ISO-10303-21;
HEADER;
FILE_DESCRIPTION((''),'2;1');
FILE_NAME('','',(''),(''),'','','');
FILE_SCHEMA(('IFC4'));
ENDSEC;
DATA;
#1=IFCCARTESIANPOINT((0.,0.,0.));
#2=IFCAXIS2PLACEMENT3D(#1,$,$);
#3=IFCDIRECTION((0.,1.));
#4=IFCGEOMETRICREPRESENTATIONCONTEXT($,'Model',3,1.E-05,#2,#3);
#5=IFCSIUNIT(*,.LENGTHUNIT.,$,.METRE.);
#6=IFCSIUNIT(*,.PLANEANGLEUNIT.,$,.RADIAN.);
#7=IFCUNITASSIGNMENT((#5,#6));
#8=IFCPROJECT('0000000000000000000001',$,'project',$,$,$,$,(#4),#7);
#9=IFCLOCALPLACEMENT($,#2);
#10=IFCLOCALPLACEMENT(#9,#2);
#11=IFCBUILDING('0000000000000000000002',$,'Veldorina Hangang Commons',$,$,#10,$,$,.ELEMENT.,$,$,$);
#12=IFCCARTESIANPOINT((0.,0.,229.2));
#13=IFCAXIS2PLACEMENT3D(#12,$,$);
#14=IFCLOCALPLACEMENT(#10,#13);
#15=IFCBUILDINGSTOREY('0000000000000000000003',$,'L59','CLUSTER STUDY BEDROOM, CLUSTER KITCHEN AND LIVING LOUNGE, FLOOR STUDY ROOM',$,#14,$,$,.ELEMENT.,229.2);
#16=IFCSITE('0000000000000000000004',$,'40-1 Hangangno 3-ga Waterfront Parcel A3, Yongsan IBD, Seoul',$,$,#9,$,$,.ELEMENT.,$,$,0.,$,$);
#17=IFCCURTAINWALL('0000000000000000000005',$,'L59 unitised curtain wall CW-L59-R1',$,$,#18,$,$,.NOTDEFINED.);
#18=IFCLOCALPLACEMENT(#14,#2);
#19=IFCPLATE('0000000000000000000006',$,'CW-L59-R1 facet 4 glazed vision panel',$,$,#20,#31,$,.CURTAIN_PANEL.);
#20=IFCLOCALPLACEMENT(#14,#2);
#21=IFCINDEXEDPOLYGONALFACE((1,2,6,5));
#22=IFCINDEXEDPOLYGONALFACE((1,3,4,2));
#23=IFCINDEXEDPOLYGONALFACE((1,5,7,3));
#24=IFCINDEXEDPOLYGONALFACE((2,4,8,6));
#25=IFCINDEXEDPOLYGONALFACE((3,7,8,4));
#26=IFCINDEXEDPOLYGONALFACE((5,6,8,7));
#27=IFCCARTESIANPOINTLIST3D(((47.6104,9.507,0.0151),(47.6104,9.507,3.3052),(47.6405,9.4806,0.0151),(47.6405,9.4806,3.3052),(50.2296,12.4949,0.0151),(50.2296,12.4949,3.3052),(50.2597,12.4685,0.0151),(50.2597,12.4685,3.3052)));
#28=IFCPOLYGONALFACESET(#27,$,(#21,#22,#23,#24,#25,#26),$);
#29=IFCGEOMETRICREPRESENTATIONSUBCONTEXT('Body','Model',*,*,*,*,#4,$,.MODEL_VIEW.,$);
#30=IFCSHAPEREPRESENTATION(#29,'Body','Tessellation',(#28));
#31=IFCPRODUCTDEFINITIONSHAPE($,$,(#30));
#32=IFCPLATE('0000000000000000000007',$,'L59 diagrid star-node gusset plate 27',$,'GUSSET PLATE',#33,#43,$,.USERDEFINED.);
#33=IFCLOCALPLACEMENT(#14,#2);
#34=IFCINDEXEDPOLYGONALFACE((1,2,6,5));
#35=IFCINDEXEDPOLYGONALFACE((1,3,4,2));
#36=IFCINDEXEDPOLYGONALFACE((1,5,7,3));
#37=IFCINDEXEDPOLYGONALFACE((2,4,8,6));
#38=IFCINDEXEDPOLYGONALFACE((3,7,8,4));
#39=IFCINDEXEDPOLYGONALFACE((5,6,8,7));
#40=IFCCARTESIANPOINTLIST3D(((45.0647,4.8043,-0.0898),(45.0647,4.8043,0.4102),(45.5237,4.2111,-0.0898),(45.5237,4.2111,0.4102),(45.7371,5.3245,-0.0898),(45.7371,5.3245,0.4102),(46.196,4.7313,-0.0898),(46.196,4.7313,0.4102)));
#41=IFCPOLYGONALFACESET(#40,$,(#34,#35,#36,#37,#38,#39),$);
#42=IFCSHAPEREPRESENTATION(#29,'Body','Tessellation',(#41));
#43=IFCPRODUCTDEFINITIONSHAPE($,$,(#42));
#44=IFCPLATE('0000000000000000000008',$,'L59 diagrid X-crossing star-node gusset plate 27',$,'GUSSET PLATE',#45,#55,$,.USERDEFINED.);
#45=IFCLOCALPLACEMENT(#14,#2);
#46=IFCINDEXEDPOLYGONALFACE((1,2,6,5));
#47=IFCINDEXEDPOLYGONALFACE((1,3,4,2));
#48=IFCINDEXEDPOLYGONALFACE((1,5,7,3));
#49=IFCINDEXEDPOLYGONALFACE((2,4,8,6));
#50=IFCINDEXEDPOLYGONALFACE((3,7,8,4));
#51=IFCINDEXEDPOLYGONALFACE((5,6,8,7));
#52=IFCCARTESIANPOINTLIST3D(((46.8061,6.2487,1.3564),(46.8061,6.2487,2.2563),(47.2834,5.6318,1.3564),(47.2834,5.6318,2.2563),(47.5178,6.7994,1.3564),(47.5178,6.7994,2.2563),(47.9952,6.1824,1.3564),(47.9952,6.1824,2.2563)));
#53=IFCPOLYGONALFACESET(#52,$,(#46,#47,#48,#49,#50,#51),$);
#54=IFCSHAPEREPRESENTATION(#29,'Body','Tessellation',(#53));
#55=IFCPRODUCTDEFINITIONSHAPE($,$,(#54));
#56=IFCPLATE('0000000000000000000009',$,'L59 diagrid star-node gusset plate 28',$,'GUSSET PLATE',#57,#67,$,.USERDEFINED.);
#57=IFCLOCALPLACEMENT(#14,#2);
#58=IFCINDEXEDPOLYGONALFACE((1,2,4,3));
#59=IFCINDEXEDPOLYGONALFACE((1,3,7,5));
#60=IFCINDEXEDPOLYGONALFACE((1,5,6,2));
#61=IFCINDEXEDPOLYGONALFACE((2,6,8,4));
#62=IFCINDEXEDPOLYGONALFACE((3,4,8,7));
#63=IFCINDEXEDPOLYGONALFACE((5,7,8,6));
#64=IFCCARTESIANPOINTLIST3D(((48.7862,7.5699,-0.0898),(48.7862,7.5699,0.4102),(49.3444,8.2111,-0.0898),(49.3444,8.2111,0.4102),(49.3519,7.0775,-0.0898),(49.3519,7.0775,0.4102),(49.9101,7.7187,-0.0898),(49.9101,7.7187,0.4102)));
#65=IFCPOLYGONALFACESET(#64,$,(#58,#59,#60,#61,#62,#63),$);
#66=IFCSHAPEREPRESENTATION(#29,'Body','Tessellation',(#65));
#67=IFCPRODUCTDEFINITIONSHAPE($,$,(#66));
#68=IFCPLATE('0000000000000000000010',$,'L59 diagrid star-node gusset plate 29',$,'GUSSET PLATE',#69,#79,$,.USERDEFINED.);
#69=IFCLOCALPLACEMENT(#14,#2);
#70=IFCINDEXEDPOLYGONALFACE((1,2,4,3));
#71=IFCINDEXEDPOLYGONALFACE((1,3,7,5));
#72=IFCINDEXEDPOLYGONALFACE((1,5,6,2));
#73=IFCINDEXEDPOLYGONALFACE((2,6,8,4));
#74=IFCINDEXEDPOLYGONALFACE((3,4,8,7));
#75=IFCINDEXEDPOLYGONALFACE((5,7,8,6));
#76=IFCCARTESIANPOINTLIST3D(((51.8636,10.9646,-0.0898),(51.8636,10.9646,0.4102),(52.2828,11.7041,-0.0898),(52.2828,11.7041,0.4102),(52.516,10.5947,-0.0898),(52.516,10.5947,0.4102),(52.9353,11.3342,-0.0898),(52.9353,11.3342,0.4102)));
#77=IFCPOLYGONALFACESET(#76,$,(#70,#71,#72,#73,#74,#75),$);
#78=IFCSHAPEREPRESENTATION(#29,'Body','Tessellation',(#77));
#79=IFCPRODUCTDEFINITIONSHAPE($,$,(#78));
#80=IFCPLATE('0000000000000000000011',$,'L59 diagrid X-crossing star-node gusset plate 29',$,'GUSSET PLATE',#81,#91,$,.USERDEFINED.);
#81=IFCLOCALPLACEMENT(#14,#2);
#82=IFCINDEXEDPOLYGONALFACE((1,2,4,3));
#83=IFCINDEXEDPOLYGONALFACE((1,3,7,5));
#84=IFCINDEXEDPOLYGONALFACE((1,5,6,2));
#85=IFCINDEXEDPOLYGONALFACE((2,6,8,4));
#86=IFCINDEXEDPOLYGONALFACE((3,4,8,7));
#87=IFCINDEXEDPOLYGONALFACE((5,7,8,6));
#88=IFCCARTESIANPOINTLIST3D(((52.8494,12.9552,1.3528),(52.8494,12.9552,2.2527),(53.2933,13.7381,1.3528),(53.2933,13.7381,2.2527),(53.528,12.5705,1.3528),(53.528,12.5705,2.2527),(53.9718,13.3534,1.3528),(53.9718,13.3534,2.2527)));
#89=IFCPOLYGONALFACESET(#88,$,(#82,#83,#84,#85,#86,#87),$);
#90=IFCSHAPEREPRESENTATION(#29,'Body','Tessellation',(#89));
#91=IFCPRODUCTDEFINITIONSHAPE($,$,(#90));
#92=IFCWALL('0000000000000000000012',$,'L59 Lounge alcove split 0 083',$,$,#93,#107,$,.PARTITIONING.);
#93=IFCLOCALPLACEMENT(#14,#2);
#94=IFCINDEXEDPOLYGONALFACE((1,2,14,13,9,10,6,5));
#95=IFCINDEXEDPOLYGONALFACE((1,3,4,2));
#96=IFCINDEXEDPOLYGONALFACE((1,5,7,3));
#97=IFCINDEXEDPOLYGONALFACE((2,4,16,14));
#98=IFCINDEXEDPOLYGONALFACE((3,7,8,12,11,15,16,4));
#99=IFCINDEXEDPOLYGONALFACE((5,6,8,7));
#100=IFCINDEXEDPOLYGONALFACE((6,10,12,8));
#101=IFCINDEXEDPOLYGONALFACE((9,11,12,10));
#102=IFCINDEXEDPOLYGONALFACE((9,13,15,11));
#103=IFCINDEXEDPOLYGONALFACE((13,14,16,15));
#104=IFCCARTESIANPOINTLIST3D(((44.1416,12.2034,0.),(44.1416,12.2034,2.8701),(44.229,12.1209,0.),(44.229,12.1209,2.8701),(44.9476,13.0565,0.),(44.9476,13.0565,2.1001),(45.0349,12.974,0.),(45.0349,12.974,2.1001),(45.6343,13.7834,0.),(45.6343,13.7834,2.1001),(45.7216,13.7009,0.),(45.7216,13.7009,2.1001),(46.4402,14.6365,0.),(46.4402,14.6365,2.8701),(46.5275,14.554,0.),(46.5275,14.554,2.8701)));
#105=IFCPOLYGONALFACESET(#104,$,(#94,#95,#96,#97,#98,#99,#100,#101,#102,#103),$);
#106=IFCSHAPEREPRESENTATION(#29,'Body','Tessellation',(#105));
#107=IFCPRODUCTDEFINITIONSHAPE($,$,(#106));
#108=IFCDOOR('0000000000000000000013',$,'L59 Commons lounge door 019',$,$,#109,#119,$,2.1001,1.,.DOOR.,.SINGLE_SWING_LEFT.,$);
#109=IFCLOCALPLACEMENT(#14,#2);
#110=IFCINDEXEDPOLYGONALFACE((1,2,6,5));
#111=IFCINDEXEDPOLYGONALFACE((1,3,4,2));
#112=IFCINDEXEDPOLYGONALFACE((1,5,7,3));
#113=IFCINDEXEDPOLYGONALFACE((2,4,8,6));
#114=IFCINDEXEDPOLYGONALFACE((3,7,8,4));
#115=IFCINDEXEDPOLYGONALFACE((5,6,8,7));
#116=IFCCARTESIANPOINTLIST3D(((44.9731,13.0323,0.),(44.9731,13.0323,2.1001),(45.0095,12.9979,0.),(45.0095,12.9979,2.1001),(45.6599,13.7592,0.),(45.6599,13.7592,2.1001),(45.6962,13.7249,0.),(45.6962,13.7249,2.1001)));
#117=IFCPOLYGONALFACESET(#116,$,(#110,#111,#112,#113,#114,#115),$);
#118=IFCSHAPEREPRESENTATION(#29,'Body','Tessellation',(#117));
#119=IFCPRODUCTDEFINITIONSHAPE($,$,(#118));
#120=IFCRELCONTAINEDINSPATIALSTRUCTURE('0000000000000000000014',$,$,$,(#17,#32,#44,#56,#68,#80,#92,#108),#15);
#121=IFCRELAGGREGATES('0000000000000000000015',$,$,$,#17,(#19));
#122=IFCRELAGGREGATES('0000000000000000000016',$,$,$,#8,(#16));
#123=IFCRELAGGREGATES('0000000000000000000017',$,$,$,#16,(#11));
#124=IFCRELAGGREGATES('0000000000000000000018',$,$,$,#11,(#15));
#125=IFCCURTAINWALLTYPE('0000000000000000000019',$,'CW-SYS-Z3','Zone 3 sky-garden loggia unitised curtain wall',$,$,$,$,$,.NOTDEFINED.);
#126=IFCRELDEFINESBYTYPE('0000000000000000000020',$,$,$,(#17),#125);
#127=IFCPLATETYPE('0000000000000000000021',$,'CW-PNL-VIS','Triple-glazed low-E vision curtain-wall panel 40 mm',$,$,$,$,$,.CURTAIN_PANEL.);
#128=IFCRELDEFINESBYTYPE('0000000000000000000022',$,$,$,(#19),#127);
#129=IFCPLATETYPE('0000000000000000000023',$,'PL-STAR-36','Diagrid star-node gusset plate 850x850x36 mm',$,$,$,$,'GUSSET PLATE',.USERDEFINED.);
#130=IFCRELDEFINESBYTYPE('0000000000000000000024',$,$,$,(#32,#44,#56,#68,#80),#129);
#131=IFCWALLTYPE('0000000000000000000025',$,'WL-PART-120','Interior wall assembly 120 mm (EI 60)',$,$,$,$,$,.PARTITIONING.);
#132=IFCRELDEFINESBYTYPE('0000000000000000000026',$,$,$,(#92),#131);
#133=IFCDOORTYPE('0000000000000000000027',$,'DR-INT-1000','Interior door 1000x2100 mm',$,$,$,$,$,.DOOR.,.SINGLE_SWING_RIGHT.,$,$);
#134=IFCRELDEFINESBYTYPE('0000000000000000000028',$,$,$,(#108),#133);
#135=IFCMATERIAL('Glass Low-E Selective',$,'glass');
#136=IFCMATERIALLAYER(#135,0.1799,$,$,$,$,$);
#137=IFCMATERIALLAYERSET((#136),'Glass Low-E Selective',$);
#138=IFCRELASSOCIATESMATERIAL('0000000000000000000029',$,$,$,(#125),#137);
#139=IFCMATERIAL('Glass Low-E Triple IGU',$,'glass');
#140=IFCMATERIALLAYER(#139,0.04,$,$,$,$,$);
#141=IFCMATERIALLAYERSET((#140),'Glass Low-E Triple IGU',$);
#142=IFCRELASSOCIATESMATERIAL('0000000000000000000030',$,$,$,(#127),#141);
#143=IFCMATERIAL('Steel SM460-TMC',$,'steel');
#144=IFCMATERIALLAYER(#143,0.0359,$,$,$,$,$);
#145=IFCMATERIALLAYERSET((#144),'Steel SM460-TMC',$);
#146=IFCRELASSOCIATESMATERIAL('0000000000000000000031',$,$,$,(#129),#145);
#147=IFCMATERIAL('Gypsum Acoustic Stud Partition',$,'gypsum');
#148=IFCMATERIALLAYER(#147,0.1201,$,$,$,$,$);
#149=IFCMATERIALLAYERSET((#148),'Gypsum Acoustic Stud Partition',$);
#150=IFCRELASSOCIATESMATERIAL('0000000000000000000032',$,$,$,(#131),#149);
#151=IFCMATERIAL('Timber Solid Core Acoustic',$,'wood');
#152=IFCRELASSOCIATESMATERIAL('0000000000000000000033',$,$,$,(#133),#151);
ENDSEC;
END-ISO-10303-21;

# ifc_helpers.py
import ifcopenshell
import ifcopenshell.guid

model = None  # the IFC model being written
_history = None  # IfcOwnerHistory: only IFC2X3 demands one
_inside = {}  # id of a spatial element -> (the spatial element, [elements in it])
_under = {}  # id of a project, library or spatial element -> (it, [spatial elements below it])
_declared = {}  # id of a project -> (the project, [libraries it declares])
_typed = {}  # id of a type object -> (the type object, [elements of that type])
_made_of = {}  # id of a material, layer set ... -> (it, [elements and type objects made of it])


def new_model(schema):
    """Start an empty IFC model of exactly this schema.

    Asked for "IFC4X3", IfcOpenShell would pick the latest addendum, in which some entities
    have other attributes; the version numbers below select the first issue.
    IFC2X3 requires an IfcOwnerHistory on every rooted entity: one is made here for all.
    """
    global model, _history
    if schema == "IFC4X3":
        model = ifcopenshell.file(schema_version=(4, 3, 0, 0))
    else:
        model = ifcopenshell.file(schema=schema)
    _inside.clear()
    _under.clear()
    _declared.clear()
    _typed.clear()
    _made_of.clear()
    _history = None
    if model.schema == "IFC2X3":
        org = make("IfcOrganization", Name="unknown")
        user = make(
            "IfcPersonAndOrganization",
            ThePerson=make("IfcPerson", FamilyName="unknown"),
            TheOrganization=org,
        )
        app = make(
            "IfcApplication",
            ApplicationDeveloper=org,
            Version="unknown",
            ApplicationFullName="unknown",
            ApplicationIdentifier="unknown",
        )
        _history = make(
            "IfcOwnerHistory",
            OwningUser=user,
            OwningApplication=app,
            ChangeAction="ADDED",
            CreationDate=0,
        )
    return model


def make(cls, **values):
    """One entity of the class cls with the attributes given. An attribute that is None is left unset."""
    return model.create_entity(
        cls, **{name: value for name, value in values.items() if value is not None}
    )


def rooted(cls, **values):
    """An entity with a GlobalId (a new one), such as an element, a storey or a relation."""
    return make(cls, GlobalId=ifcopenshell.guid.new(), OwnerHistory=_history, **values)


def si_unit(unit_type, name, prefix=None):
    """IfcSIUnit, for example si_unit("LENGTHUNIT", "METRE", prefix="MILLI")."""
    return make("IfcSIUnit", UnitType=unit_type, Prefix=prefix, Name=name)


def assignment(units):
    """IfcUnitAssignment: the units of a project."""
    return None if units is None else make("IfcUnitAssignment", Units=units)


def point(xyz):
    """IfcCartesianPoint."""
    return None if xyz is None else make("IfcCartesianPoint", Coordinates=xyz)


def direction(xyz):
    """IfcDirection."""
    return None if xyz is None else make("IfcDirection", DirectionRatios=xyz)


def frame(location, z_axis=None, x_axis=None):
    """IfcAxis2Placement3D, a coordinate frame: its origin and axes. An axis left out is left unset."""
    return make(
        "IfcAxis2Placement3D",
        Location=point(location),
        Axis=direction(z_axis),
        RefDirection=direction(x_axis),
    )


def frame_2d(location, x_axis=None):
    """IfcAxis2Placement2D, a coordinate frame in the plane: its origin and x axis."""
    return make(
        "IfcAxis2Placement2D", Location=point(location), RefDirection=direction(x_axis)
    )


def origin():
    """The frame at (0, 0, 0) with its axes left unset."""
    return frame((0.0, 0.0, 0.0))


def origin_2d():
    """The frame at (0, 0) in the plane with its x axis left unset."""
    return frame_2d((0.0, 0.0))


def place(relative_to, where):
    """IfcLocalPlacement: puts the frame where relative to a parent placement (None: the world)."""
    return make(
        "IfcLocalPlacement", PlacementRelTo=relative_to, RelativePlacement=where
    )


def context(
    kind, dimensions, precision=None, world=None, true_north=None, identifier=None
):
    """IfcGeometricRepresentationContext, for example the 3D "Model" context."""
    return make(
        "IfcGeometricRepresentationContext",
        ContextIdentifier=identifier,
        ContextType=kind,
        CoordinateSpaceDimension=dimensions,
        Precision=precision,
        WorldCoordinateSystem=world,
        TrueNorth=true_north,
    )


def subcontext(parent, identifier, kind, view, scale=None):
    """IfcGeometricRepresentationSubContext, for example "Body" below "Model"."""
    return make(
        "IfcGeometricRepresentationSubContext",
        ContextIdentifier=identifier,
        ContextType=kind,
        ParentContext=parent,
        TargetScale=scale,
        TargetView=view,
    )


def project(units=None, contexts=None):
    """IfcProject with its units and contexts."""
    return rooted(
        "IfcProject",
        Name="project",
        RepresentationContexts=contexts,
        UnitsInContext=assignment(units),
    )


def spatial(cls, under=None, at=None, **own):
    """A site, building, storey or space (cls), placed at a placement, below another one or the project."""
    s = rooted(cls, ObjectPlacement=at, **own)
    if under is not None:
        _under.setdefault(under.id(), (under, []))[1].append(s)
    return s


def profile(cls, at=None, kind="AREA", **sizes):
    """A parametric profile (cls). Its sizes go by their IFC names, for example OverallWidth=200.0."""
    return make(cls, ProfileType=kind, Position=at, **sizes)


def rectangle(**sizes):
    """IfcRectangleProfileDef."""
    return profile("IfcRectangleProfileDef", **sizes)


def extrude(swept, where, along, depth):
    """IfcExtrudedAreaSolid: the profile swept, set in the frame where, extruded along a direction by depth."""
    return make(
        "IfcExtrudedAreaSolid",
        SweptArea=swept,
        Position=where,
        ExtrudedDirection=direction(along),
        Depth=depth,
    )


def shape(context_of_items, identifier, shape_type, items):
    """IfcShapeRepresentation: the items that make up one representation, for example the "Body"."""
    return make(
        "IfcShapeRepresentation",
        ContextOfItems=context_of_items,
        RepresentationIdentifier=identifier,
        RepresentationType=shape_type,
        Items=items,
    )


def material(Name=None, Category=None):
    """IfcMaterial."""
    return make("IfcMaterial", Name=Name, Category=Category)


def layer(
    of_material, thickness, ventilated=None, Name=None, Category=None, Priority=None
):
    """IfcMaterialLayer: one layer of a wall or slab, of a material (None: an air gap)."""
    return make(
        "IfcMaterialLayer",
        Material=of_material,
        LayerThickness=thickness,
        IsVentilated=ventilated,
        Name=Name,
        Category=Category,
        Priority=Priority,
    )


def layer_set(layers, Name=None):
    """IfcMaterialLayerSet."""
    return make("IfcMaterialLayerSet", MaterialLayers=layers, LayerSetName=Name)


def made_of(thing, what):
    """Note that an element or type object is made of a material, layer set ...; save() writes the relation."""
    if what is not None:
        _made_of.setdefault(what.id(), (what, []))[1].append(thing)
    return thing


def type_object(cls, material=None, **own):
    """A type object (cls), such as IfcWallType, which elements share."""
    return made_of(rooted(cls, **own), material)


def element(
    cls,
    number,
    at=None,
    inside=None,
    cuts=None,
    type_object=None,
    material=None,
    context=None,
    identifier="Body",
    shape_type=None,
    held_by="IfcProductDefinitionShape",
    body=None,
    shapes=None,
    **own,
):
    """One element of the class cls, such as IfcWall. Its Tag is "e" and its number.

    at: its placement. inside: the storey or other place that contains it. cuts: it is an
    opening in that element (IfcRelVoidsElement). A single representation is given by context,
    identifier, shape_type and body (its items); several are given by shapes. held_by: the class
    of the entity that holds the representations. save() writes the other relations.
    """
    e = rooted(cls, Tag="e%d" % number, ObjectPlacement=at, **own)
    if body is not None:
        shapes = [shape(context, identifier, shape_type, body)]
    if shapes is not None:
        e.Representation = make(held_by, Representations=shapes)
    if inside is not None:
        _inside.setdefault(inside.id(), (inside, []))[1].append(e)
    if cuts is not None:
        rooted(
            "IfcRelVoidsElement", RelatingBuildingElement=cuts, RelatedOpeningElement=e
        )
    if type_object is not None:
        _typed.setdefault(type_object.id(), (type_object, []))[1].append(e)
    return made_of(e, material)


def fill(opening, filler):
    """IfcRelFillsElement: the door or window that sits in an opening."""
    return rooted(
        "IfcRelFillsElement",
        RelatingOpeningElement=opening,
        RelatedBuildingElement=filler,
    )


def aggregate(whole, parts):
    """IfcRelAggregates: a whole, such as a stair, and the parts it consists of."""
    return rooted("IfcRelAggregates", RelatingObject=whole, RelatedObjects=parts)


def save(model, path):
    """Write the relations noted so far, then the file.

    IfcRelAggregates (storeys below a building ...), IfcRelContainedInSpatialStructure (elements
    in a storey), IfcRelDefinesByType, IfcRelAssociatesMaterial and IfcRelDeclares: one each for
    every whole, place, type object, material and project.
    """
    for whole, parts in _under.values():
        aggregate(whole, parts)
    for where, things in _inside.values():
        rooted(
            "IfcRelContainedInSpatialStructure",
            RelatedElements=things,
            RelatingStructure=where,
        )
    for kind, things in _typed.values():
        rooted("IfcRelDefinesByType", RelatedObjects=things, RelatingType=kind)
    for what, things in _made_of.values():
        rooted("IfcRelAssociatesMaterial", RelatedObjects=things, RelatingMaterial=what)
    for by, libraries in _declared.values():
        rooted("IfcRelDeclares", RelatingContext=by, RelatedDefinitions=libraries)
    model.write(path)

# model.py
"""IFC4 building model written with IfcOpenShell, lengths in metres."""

from ifc_helpers import new_model, si_unit, direction, frame, frame_2d, origin, origin_2d, place, context, subcontext, project, spatial, rectangle, extrude, material, layer, layer_set, type_object, element, fill, aggregate, save


model = new_model("IFC4")

# Units and contexts
model_context = context("Model", 3, precision=1e-05, world=origin(), true_north=direction((0.0, 1.0)))
body_context = subcontext(model_context, "Body", "Model", "MODEL_VIEW")
ifc_project = project(units=[si_unit("LENGTHUNIT", "METRE"), si_unit("PLANEANGLEUNIT", "RADIAN")], contexts=[model_context])

# Site, building, storey
site_placement = place(None, origin())
site = spatial("IfcSite", under=ifc_project, at=site_placement, Name="40-1 Hangangno 3-ga Waterfront Parcel A3, Yongsan IBD, Seoul", CompositionType="ELEMENT", RefElevation=0.0)
building_placement = place(site_placement, origin())
building = spatial("IfcBuilding", under=site, at=building_placement, Name="Veldorina Hangang Commons", CompositionType="ELEMENT")
storey_placement = place(building_placement, frame((0.0, 0.0, 229.2)))
storey = spatial("IfcBuildingStorey", under=building, at=storey_placement, Name="L59", Description="CLUSTER STUDY BEDROOM, CLUSTER KITCHEN AND LIVING LOUNGE, FLOOR STUDY ROOM", CompositionType="ELEMENT", Elevation=229.2)

# Curtain wall
ifc_material_1 = material(Name="Glass Low-E Selective", Category="glass")
ifc_layer_1 = layer(ifc_material_1, 0.1799)
ifc_layer_set_1 = layer_set([ifc_layer_1], Name="Glass Low-E Selective")
curtain_wall_type = type_object("IfcCurtainWallType", Name="CW-SYS-Z3", Description="Zone 3 sky-garden loggia unitised curtain wall", PredefinedType="NOTDEFINED", material=ifc_layer_set_1)
curtain_wall_placement = place(storey_placement, origin())
curtain_wall = element("IfcCurtainWall", 1, at=curtain_wall_placement, inside=storey, type_object=curtain_wall_type, Name="L59 unitised curtain wall CW-L59-R1", PredefinedType="NOTDEFINED")

# Plate
ifc_material_2 = material(Name="Glass Low-E Triple IGU", Category="glass")
ifc_layer_2 = layer(ifc_material_2, 0.04)
ifc_layer_set_2 = layer_set([ifc_layer_2], Name="Glass Low-E Triple IGU")
plate_type_1 = type_object("IfcPlateType", Name="CW-PNL-VIS", Description="Triple-glazed low-E vision curtain-wall panel 40 mm", PredefinedType="CURTAIN_PANEL", material=ifc_layer_set_2)
plate_1_placement = place(storey_placement, frame((48.9351, 10.9878, 0.0151), z_axis=(0.0, 0.0, 1.0), x_axis=(0.659188, 0.751978, 0.0)))
plate_1 = element("IfcPlate", 2, at=plate_1_placement, type_object=plate_type_1, Name="CW-L59-R1 facet 4 glazed vision panel", PredefinedType="CURTAIN_PANEL", context=body_context, shape_type="SweptSolid", body=[
    extrude(rectangle(XDim=3.9734, YDim=0.04, at=origin_2d()), origin(), (0.0, 0.0, 1.0), 3.29),
])
aggregate(curtain_wall, [plate_1])

# Plates
ifc_material_3 = material(Name="Steel SM460-TMC", Category="steel")
ifc_layer_3 = layer(ifc_material_3, 0.0359)
ifc_layer_set_3 = layer_set([ifc_layer_3], Name="Steel SM460-TMC")
plate_type_2 = type_object("IfcPlateType", Name="PL-STAR-36", Description="Diagrid star-node gusset plate 850x850x36 mm", ElementType="GUSSET PLATE", PredefinedType="USERDEFINED", material=ifc_layer_set_3)
plate_2_placement = place(storey_placement, frame((45.6304, 4.7678, -0.0898), z_axis=(0.0, 0.0, 1.0), x_axis=(0.790914, 0.611927, 0.0)))
element("IfcPlate", 3, at=plate_2_placement, inside=storey, type_object=plate_type_2, Name="L59 diagrid star-node gusset plate 27", ObjectType="GUSSET PLATE", PredefinedType="USERDEFINED", context=body_context, shape_type="SweptSolid", body=[
    extrude(rectangle(XDim=0.8501, YDim=0.75, at=origin_2d()), origin(), (0.0, 0.0, 1.0), 0.5),
])
plate_3_placement = place(storey_placement, frame((47.4006, 6.2156, 1.3564), z_axis=(0.0, 0.0, 1.0), x_axis=(0.790914, 0.611927, 0.0)))
element("IfcPlate", 4, at=plate_3_placement, inside=storey, type_object=plate_type_2, Name="L59 diagrid X-crossing star-node gusset plate 27", ObjectType="GUSSET PLATE", PredefinedType="USERDEFINED", context=body_context, shape_type="SweptSolid", body=[
    extrude(rectangle(XDim=0.8999, YDim=0.78, at=origin_2d()), origin(), (0.0, 0.0, 1.0), 0.8999),
])
for number, where, z_axis, x_axis, name in (
    (5, (49.3481, 7.6443, -0.0898), (0.0, 0.0, 1.0), (0.656573, 0.754263, 0.0), "L59 diagrid star-node gusset plate 28"),
    (6, (52.3994, 11.1494, -0.0898), (0.0, 0.0, 1.0), (0.493198, 0.869917, 0.0), "L59 diagrid star-node gusset plate 29"),
):
    element("IfcPlate", number, at=place(storey_placement, frame(where, z_axis=z_axis, x_axis=x_axis)), inside=storey, type_object=plate_type_2, Name=name, ObjectType="GUSSET PLATE", PredefinedType="USERDEFINED", context=body_context, shape_type="SweptSolid", body=[
        extrude(rectangle(XDim=0.8501, YDim=0.75, at=origin_2d()), origin(), (0.0, 0.0, 1.0), 0.5),
    ])
plate_4_placement = place(storey_placement, frame((53.4106, 13.1543, 1.3528), z_axis=(0.0, 0.0, 1.0), x_axis=(0.493198, 0.869917, 0.0)))
element("IfcPlate", 7, at=plate_4_placement, inside=storey, type_object=plate_type_2, Name="L59 diagrid X-crossing star-node gusset plate 29", ObjectType="GUSSET PLATE", PredefinedType="USERDEFINED", context=body_context, shape_type="SweptSolid", body=[
    extrude(rectangle(XDim=0.8999, YDim=0.78, at=origin_2d()), origin(), (0.0, 0.0, 1.0), 0.8999),
])

# Wall, opening, door
ifc_material_4 = material(Name="Gypsum Acoustic Stud Partition", Category="gypsum")
ifc_layer_4 = layer(ifc_material_4, 0.1201)
ifc_layer_set_4 = layer_set([ifc_layer_4], Name="Gypsum Acoustic Stud Partition")
wall_type_1 = type_object("IfcWallType", Name="WL-PART-120", Description="Interior wall assembly 120 mm (EI 60)", PredefinedType="PARTITIONING", material=ifc_layer_set_4)
wall_1_placement = place(storey_placement, frame((44.1853, 12.1621, 0.0), z_axis=(0.0, 0.0, 1.0), x_axis=(0.686726, 0.726916, 0.0)))
wall_1 = element("IfcWall", 8, at=wall_1_placement, inside=storey, type_object=wall_type_1, Name="L59 Lounge alcove split 0 083", PredefinedType="PARTITIONING", context=body_context, shape_type="SweptSolid", body=[
    extrude(rectangle(XDim=3.3472, YDim=0.1201, at=frame_2d((1.6736, 0.0))), origin(), (0.0, 0.0, 1.0), 2.8701),
])
opening_1_placement = place(wall_1_placement, frame((1.1736, 0.0, 0.0)))
opening_1 = element("IfcOpeningElement", 9, at=opening_1_placement, cuts=wall_1, PredefinedType="OPENING", context=body_context, shape_type="SweptSolid", body=[
    extrude(rectangle(XDim=1.0, YDim=2.1001, at=frame_2d((0.5, 1.05))), frame((0.0, 0.0701, 0.0), z_axis=(0.0, -1.0, 0.0), x_axis=(1.0, 0.0, 0.0)), (0.0, 0.0, 1.0), 0.1401),
])
ifc_material_5 = material(Name="Timber Solid Core Acoustic", Category="wood")
door_type_1 = type_object("IfcDoorType", Name="DR-INT-1000", Description="Interior door 1000x2100 mm", OperationType="SINGLE_SWING_RIGHT", PredefinedType="DOOR", material=ifc_material_5)
door_1_placement = place(opening_1_placement, origin())
door_1 = element("IfcDoor", 10, at=door_1_placement, inside=storey, type_object=door_type_1, Name="L59 Commons lounge door 019", OperationType="SINGLE_SWING_LEFT", OverallHeight=2.1001, OverallWidth=1.0, PredefinedType="DOOR", context=body_context, shape_type="SweptSolid", body=[
    extrude(rectangle(XDim=1.0, YDim=2.1001, at=frame_2d((0.5, 1.05))), frame((0.0, 0.0249, 0.0), z_axis=(0.0, -1.0, 0.0), x_axis=(1.0, 0.0, 0.0)), (0.0, 0.0, 1.0), 0.05),
])
fill(opening_1, door_1)

save(model, "model.ifc")
